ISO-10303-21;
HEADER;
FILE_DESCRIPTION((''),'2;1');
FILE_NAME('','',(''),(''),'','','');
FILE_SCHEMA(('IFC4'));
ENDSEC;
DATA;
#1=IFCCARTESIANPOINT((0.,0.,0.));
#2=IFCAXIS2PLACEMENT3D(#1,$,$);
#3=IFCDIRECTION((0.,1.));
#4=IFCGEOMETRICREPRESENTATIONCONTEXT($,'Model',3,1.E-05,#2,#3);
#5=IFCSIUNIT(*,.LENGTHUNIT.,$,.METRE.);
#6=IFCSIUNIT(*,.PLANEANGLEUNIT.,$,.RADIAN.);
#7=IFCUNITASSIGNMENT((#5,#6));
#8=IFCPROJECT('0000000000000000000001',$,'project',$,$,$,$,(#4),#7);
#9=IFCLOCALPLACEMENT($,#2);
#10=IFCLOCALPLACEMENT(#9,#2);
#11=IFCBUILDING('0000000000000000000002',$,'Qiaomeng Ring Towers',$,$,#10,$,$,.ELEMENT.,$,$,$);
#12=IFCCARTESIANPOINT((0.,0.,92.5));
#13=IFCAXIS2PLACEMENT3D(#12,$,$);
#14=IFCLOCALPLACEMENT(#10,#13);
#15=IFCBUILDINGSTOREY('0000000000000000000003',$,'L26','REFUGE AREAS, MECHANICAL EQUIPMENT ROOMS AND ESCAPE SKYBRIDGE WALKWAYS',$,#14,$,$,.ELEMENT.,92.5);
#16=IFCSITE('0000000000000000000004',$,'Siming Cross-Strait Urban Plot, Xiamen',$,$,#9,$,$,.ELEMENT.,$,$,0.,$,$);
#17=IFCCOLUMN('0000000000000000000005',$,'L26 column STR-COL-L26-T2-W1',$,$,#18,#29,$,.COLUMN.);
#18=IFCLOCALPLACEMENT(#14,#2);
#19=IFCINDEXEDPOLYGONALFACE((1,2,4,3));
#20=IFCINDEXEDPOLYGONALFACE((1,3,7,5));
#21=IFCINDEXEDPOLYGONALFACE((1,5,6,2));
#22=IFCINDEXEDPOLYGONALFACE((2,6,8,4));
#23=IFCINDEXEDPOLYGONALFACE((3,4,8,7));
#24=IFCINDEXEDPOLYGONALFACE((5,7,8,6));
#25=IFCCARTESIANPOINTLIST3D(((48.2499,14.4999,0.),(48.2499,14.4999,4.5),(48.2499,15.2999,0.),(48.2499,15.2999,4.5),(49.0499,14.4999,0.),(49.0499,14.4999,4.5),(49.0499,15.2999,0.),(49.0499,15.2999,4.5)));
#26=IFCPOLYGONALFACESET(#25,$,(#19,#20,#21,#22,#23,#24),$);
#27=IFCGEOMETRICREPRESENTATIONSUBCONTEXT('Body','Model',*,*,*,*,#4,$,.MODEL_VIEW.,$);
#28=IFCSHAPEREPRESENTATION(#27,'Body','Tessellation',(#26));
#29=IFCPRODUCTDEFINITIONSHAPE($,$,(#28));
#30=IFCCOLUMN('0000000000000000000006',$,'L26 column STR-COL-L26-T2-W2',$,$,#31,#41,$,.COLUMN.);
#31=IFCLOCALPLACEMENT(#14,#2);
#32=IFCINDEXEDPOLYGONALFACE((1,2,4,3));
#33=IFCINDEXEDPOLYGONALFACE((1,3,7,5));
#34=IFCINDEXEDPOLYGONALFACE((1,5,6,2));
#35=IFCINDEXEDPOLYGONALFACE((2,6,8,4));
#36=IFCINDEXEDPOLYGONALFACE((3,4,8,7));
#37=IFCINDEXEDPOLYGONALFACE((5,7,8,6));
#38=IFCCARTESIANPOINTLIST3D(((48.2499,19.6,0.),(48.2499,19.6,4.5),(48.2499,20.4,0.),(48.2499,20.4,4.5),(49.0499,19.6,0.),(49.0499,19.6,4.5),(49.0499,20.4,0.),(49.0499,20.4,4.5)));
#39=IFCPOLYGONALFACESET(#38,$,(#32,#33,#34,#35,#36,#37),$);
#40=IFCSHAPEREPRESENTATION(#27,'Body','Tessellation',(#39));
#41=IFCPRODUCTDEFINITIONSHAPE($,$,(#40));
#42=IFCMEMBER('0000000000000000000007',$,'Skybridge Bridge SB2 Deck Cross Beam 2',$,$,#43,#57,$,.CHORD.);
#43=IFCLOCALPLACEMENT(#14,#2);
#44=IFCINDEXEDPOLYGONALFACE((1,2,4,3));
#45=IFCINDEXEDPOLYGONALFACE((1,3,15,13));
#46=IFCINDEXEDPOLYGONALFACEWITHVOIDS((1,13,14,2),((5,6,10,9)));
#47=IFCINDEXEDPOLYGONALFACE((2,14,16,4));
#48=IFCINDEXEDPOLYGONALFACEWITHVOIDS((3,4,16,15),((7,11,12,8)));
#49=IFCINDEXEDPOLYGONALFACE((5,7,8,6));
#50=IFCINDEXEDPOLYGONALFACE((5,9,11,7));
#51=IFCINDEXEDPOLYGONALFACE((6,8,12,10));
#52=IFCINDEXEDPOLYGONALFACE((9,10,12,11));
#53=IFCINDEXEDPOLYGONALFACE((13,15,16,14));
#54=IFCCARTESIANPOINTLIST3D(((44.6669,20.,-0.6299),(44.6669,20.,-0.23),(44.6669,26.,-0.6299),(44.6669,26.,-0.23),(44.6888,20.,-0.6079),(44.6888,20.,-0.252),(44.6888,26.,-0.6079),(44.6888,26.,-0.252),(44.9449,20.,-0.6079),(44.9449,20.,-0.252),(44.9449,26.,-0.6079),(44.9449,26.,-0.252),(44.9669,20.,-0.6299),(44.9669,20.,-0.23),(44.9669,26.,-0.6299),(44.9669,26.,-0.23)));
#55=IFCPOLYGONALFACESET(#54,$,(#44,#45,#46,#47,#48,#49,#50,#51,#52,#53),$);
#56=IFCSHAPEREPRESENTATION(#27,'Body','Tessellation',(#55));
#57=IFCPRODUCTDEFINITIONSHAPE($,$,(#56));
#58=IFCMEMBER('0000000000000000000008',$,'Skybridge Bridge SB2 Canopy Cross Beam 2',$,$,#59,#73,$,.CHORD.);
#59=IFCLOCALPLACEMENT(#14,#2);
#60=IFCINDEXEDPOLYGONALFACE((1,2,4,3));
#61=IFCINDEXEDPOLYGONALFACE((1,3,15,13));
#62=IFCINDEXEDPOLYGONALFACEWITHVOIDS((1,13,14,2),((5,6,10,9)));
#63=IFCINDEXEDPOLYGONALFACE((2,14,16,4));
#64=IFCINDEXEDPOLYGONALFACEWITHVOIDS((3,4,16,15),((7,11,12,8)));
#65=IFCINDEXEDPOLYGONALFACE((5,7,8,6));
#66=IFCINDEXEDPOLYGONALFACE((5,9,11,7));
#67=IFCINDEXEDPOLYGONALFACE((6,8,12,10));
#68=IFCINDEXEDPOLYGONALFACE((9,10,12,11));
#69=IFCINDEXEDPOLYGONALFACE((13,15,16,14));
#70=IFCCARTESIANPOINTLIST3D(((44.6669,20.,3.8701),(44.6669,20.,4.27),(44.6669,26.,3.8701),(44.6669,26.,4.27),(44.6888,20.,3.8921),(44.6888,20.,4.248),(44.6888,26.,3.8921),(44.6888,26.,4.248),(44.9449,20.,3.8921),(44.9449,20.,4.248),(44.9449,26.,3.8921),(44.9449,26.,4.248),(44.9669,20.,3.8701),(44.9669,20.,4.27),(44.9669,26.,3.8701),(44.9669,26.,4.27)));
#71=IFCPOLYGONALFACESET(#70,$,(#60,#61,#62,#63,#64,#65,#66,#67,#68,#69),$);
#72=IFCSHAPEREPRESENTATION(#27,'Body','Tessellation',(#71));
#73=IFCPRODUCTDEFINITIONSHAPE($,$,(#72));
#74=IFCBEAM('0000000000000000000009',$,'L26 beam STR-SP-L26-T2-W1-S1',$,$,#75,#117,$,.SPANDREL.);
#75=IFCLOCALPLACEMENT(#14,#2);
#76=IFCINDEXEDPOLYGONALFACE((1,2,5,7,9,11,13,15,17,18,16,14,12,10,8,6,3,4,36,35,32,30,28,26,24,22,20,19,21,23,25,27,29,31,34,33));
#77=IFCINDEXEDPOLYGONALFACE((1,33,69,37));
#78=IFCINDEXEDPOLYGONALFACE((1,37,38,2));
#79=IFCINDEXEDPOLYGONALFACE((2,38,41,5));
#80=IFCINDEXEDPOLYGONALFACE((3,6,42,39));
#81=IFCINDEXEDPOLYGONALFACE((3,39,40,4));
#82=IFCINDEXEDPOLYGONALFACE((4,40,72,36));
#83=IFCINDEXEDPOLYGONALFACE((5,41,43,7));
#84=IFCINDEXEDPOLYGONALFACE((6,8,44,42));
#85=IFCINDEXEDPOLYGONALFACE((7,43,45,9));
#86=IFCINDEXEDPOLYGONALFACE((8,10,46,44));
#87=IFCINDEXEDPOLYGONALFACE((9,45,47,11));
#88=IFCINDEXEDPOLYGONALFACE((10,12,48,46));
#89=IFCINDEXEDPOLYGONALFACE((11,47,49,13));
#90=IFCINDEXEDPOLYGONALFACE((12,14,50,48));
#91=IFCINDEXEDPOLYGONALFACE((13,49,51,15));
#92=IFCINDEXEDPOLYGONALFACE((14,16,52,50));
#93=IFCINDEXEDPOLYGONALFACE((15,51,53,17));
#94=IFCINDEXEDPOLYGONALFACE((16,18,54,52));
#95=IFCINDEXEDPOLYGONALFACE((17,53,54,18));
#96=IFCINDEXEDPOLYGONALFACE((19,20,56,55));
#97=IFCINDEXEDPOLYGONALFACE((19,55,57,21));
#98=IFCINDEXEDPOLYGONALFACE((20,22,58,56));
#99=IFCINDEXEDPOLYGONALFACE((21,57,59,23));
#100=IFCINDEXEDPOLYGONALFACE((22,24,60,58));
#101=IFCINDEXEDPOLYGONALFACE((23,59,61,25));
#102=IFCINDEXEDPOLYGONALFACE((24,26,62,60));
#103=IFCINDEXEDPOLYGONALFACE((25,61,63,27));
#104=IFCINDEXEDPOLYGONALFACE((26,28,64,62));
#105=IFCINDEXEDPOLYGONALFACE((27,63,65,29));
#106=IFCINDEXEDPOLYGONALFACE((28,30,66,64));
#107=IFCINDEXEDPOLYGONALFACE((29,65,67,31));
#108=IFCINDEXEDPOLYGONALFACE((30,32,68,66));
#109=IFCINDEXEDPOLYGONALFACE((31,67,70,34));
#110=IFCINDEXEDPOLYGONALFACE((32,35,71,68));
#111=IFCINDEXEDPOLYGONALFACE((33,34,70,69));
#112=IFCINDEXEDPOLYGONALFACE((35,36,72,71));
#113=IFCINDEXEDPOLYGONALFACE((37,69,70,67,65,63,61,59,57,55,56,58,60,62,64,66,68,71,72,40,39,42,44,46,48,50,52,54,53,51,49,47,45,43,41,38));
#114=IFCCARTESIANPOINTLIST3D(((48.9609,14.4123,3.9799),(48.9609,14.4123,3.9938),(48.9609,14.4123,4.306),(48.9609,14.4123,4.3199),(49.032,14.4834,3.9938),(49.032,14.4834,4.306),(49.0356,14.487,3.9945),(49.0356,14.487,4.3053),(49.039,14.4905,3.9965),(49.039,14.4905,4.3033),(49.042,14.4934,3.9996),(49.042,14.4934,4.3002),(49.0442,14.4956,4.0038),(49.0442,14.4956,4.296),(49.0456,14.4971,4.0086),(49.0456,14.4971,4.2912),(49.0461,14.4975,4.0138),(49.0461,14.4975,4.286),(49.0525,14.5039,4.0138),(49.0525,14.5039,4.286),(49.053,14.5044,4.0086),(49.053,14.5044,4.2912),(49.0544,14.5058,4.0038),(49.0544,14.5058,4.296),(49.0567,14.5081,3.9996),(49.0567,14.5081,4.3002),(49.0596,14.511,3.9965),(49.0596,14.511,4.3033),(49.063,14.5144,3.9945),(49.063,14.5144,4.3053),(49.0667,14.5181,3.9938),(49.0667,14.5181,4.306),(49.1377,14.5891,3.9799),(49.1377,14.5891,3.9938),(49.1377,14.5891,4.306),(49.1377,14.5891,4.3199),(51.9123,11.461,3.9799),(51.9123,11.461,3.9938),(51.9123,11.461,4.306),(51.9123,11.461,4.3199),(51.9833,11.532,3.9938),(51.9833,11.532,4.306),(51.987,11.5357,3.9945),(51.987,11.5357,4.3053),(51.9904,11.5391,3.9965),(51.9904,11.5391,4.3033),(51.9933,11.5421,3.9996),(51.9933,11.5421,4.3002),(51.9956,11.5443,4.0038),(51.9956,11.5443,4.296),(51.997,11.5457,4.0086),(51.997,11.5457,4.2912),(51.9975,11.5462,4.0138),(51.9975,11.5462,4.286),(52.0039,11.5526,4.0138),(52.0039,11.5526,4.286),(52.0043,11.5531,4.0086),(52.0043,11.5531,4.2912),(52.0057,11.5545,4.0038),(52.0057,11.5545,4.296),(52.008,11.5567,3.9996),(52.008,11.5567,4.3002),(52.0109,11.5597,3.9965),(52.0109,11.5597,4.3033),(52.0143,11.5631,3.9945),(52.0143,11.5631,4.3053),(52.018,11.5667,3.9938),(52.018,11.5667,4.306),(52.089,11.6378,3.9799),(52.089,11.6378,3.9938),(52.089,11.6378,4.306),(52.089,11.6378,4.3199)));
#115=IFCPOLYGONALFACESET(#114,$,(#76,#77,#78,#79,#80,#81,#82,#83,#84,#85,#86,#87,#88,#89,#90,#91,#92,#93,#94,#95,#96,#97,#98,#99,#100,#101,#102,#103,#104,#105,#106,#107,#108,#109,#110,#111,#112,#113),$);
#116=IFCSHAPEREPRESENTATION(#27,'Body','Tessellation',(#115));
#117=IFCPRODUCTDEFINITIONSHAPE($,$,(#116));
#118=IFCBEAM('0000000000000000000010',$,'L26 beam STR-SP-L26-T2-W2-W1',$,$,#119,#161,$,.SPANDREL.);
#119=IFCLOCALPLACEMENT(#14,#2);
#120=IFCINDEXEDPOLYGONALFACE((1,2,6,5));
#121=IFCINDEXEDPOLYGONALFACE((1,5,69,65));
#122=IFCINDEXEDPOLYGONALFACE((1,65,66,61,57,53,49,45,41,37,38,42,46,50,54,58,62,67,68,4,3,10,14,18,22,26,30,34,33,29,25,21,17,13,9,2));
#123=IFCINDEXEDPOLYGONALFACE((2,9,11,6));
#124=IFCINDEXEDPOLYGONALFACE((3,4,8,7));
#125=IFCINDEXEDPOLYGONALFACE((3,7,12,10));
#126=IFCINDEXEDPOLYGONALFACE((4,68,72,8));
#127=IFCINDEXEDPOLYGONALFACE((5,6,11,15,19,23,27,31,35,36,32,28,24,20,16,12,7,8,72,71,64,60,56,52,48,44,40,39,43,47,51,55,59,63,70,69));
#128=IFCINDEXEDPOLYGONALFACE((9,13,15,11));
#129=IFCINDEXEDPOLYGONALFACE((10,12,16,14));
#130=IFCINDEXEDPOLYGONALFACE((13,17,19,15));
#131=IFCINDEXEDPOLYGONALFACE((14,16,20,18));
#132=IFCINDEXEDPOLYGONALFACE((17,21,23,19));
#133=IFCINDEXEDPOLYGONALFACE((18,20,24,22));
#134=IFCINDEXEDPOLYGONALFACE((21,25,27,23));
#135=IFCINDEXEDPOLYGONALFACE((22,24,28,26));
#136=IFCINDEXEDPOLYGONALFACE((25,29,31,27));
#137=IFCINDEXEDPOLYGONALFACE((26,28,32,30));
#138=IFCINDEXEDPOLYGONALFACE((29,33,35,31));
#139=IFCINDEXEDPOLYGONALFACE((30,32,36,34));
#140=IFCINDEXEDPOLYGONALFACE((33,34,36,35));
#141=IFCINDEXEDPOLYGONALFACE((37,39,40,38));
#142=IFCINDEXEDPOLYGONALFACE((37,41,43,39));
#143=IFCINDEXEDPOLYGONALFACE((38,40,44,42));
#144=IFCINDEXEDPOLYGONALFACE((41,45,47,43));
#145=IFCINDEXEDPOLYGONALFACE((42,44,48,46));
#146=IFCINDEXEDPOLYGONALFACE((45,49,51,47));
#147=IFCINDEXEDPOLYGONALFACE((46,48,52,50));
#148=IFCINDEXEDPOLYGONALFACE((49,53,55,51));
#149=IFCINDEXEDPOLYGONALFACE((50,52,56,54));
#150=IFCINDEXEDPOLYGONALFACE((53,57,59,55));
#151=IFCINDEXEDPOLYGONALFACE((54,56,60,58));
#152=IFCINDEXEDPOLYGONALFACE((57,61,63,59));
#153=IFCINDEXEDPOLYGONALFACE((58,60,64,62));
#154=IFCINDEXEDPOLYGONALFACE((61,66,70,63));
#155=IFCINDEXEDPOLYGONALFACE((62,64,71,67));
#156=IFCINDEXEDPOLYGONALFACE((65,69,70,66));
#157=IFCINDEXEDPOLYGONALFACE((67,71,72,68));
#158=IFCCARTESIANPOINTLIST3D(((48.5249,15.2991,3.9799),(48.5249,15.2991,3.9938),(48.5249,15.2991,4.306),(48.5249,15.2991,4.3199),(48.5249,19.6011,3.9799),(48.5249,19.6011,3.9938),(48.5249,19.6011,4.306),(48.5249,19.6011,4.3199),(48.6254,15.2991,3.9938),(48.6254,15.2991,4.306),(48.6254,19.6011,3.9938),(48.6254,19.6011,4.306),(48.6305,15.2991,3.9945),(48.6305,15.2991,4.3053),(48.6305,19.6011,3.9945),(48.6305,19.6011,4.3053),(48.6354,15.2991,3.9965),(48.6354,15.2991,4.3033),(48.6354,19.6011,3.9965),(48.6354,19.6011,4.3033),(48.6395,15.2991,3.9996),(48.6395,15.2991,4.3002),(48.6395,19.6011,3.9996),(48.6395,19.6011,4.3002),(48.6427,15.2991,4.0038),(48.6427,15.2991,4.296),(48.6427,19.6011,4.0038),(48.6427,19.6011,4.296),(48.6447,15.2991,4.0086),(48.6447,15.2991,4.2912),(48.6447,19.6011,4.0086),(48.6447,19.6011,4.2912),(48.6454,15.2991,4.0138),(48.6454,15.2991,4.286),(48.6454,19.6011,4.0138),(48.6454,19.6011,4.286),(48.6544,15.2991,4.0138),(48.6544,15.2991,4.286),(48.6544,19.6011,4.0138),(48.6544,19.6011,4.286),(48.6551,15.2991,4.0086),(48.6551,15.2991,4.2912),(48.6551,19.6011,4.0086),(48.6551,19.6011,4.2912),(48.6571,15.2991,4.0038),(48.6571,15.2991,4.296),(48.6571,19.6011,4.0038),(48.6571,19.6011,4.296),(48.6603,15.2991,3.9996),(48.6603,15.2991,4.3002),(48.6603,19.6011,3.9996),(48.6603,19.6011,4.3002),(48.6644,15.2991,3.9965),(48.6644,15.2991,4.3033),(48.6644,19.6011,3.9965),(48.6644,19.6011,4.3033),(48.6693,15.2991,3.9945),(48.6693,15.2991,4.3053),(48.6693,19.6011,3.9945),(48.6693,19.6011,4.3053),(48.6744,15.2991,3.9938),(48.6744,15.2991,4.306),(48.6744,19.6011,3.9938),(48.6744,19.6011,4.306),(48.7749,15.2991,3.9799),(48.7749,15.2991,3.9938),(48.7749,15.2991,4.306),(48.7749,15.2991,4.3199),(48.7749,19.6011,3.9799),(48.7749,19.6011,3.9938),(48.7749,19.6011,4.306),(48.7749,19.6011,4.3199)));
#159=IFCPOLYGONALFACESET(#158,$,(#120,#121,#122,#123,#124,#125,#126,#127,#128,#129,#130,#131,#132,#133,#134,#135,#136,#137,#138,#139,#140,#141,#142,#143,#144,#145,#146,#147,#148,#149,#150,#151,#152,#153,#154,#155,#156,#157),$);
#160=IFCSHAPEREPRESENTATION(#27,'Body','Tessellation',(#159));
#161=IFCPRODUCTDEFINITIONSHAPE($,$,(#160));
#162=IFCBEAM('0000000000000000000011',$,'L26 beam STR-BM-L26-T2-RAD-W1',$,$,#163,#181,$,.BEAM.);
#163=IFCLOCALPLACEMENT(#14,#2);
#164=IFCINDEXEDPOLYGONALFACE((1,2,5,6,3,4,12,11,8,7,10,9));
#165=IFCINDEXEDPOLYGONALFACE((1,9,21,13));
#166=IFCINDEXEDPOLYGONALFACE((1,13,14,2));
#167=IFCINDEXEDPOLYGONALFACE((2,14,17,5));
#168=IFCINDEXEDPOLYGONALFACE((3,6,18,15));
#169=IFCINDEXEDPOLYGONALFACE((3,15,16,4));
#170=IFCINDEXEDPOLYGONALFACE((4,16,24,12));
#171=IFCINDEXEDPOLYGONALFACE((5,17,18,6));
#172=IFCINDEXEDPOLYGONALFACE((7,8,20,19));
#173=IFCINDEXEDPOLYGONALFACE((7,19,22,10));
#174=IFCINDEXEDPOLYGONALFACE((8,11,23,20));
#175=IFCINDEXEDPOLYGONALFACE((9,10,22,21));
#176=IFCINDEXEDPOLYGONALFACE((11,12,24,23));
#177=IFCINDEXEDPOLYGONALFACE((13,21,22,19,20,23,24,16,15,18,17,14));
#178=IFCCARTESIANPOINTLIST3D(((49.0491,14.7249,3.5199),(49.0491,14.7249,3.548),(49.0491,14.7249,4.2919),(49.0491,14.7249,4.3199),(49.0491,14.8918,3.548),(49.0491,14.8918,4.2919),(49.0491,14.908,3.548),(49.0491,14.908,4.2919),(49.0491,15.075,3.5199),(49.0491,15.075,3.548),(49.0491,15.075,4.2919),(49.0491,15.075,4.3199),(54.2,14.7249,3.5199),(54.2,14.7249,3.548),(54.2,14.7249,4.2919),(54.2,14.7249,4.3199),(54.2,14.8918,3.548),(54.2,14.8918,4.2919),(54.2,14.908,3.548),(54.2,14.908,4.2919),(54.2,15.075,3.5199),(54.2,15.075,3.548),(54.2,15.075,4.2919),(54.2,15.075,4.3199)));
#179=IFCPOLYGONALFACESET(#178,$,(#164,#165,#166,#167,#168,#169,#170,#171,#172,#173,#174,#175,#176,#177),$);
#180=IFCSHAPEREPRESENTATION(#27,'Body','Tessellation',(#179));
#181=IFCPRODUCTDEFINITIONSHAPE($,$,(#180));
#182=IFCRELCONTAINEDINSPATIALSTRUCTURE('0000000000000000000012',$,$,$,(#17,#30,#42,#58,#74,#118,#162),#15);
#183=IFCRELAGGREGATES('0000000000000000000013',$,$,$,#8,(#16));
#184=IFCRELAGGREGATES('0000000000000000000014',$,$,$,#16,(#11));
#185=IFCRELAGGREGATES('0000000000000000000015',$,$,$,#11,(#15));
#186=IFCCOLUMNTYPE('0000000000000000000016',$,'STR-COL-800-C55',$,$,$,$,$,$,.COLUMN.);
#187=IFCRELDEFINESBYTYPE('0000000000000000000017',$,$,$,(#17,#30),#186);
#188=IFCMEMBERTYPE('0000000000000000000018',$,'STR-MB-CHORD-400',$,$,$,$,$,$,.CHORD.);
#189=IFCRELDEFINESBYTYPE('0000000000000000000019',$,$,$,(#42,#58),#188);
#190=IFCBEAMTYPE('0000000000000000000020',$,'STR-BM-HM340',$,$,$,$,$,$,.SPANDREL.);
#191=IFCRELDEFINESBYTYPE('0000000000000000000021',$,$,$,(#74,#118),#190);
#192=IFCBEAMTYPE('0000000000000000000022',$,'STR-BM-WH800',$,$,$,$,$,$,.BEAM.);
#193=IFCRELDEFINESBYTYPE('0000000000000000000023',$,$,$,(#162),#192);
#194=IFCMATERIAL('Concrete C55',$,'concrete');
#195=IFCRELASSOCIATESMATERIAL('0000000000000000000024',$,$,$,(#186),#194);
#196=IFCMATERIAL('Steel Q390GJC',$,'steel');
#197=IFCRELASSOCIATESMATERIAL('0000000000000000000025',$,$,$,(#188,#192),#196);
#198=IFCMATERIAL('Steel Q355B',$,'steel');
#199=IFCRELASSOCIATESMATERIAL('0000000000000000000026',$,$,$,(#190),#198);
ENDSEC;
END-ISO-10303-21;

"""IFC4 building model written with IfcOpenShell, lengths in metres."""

from ifc_helpers import new_model, si_unit, direction, frame, origin, origin_2d, place, context, subcontext, project, spatial, rectangle, hollow_rectangle, i_section, extrude, source, transform, mapped, material, material_profile, profile_set, type_object, element, save


model = new_model("IFC4")

# Units and contexts
model_context = context("Model", 3, precision=1e-05, world=origin(), true_north=direction((0.0, 1.0)))
body_context = subcontext(model_context, "Body", "Model", "MODEL_VIEW")
ifc_project = project(units=[si_unit("LENGTHUNIT", "METRE"), si_unit("PLANEANGLEUNIT", "RADIAN")], contexts=[model_context])

# Site, building, storey
site_placement = place(None, origin())
site = spatial("IfcSite", under=ifc_project, at=site_placement, Name="Siming Cross-Strait Urban Plot, Xiamen", CompositionType="ELEMENT", RefElevation=0.0)
building_placement = place(site_placement, origin())
building = spatial("IfcBuilding", under=site, at=building_placement, Name="Qiaomeng Ring Towers", CompositionType="ELEMENT")
storey_placement = place(building_placement, frame((0.0, 0.0, 92.5)))
storey = spatial("IfcBuildingStorey", under=building, at=storey_placement, Name="L26", Description="REFUGE AREAS, MECHANICAL EQUIPMENT ROOMS AND ESCAPE SKYBRIDGE WALKWAYS", CompositionType="ELEMENT", Elevation=92.5)

# Columns
ifc_material_1 = material(Name="Concrete C55", Category="concrete")
ifc_material_profile_1 = material_profile(ifc_material_1, rectangle(XDim=0.8, YDim=0.8, at=origin_2d()), Name="RC COL 800x800")
ifc_profile_set_1 = profile_set([ifc_material_profile_1], Name="Concrete C55")
column_type = type_object("IfcColumnType", Name="STR-COL-800-C55", PredefinedType="COLUMN", material=ifc_profile_set_1)
shared_shape_1 = source(origin(), body_context, "Body", "SweptSolid", [
    extrude(rectangle(XDim=0.8, YDim=0.8, at=origin_2d()), origin(), (0.0, 0.0, 1.0), 4.5),
])
for number, where, z_axis, x_axis, name in (
    (1, (48.6499, 14.8999, 0.0), (0.0, 0.0, 1.0), (1.0, 0.0, 0.0), "L26 column STR-COL-L26-T2-W1"),
    (2, (48.6499, 20.0, 0.0), (0.0, 0.0, 1.0), (1.0, 0.0, 0.0), "L26 column STR-COL-L26-T2-W2"),
):
    element("IfcColumn", number, at=place(storey_placement, frame(where, z_axis=z_axis, x_axis=x_axis)), inside=storey, type_object=column_type, Name=name, PredefinedType="COLUMN", context=body_context, shape_type="MappedRepresentation", body=[
        mapped(shared_shape_1, transform((0.0, 0.0, 0.0), x_axis=(1.0, 0.0, 0.0), y_axis=(0.0, 1.0, 0.0), z_axis=(0.0, 0.0, 1.0), scale=1.0)),
    ])

# Members
ifc_material_2 = material(Name="Steel Q390GJC", Category="steel")
ifc_material_profile_2 = material_profile(ifc_material_2, hollow_rectangle(XDim=0.3, YDim=0.3999, WallThickness=0.022, at=origin_2d()), Name="RHS 400x300x22")
ifc_profile_set_2 = profile_set([ifc_material_profile_2], Name="Steel Q390GJC")
member_type_1 = type_object("IfcMemberType", Name="STR-MB-CHORD-400", PredefinedType="CHORD", material=ifc_profile_set_2)
shared_shape_2 = source(origin(), body_context, "Body", "SweptSolid", [
    extrude(hollow_rectangle(XDim=0.3, YDim=0.3999, WallThickness=0.022, at=origin_2d()), origin(), (0.0, 0.0, 1.0), 6.0),
])
for number, where, z_axis, x_axis, name in (
    (3, (44.8169, 20.0, -0.4299), (0.0, 1.0, 0.0), (-1.0, 0.0, 0.0), "Skybridge Bridge SB2 Deck Cross Beam 2"),
    (4, (44.8169, 20.0, 4.0701), (0.0, 1.0, 0.0), (-1.0, 0.0, 0.0), "Skybridge Bridge SB2 Canopy Cross Beam 2"),
):
    element("IfcMember", number, at=place(storey_placement, frame(where, z_axis=z_axis, x_axis=x_axis)), inside=storey, type_object=member_type_1, Name=name, PredefinedType="CHORD", context=body_context, shape_type="MappedRepresentation", body=[
        mapped(shared_shape_2, transform((0.0, 0.0, 0.0), x_axis=(1.0, 0.0, 0.0), y_axis=(0.0, 1.0, 0.0), z_axis=(0.0, 0.0, 1.0), scale=1.0)),
    ])

# Beams
ifc_material_3 = material(Name="Steel Q355B", Category="steel")
ifc_material_profile_3 = material_profile(ifc_material_3, i_section(OverallWidth=0.25, OverallDepth=0.3401, WebThickness=0.009, FlangeThickness=0.0139, FilletRadius=0.02, at=origin_2d()), Name="HM 340x250x9x14")
ifc_profile_set_3 = profile_set([ifc_material_profile_3], Name="Steel Q355B")
beam_type_1 = type_object("IfcBeamType", Name="STR-BM-HM340", PredefinedType="SPANDREL", material=ifc_profile_set_3)
shared_shape_3 = source(origin(), body_context, "Body", "SweptSolid", [
    extrude(i_section(OverallWidth=0.25, OverallDepth=0.3401, WebThickness=0.009, FlangeThickness=0.0139, FilletRadius=0.02, at=origin_2d()), origin(), (0.0, 0.0, 1.0), 4.1738),
])
beam_1_placement = place(storey_placement, frame((49.0493, 14.5007, 4.1499), z_axis=(0.707107, -0.707107, 0.0), x_axis=(0.707107, 0.707107, 0.0)))
element("IfcBeam", 5, at=beam_1_placement, inside=storey, type_object=beam_type_1, Name="L26 beam STR-SP-L26-T2-W1-S1", PredefinedType="SPANDREL", context=body_context, shape_type="MappedRepresentation", body=[
    mapped(shared_shape_3, transform((0.0, 0.0, 0.0), x_axis=(1.0, 0.0, 0.0), y_axis=(0.0, 1.0, 0.0), z_axis=(0.0, 0.0, 1.0), scale=1.0)),
])
shared_shape_4 = source(origin(), body_context, "Body", "SweptSolid", [
    extrude(i_section(OverallWidth=0.25, OverallDepth=0.3401, WebThickness=0.009, FlangeThickness=0.0139, FilletRadius=0.02, at=origin_2d()), origin(), (0.0, 0.0, 1.0), 4.302),
])
beam_2_placement = place(storey_placement, frame((48.6499, 19.6011, 4.1499), z_axis=(0.0, -1.0, 0.0), x_axis=(1.0, 0.0, 0.0)))
element("IfcBeam", 6, at=beam_2_placement, inside=storey, type_object=beam_type_1, Name="L26 beam STR-SP-L26-T2-W2-W1", PredefinedType="SPANDREL", context=body_context, shape_type="MappedRepresentation", body=[
    mapped(shared_shape_4, transform((0.0, 0.0, 0.0), x_axis=(1.0, 0.0, 0.0), y_axis=(0.0, 1.0, 0.0), z_axis=(0.0, 0.0, 1.0), scale=1.0)),
])
ifc_material_profile_4 = material_profile(ifc_material_2, i_section(OverallWidth=0.3501, OverallDepth=0.8, WebThickness=0.0161, FlangeThickness=0.0281, at=origin_2d()), Name="WH 800x350x16x28")
ifc_profile_set_4 = profile_set([ifc_material_profile_4], Name="Steel Q390GJC")
beam_type_2 = type_object("IfcBeamType", Name="STR-BM-WH800", PredefinedType="BEAM", material=ifc_profile_set_4)
shared_shape_5 = source(origin(), body_context, "Body", "SweptSolid", [
    extrude(i_section(OverallWidth=0.3501, OverallDepth=0.8, WebThickness=0.0161, FlangeThickness=0.0281, at=origin_2d()), origin(), (0.0, 0.0, 1.0), 5.1509),
])
beam_3_placement = place(storey_placement, frame((49.0491, 14.8999, 3.9199), z_axis=(1.0, 0.0, 0.0), x_axis=(0.0, 1.0, 0.0)))
element("IfcBeam", 7, at=beam_3_placement, inside=storey, type_object=beam_type_2, Name="L26 beam STR-BM-L26-T2-RAD-W1", PredefinedType="BEAM", context=body_context, shape_type="MappedRepresentation", body=[
    mapped(shared_shape_5, transform((0.0, 0.0, 0.0), x_axis=(1.0, 0.0, 0.0), y_axis=(0.0, 1.0, 0.0), z_axis=(0.0, 0.0, 1.0), scale=1.0)),
])

save(model, "model.ifc")
